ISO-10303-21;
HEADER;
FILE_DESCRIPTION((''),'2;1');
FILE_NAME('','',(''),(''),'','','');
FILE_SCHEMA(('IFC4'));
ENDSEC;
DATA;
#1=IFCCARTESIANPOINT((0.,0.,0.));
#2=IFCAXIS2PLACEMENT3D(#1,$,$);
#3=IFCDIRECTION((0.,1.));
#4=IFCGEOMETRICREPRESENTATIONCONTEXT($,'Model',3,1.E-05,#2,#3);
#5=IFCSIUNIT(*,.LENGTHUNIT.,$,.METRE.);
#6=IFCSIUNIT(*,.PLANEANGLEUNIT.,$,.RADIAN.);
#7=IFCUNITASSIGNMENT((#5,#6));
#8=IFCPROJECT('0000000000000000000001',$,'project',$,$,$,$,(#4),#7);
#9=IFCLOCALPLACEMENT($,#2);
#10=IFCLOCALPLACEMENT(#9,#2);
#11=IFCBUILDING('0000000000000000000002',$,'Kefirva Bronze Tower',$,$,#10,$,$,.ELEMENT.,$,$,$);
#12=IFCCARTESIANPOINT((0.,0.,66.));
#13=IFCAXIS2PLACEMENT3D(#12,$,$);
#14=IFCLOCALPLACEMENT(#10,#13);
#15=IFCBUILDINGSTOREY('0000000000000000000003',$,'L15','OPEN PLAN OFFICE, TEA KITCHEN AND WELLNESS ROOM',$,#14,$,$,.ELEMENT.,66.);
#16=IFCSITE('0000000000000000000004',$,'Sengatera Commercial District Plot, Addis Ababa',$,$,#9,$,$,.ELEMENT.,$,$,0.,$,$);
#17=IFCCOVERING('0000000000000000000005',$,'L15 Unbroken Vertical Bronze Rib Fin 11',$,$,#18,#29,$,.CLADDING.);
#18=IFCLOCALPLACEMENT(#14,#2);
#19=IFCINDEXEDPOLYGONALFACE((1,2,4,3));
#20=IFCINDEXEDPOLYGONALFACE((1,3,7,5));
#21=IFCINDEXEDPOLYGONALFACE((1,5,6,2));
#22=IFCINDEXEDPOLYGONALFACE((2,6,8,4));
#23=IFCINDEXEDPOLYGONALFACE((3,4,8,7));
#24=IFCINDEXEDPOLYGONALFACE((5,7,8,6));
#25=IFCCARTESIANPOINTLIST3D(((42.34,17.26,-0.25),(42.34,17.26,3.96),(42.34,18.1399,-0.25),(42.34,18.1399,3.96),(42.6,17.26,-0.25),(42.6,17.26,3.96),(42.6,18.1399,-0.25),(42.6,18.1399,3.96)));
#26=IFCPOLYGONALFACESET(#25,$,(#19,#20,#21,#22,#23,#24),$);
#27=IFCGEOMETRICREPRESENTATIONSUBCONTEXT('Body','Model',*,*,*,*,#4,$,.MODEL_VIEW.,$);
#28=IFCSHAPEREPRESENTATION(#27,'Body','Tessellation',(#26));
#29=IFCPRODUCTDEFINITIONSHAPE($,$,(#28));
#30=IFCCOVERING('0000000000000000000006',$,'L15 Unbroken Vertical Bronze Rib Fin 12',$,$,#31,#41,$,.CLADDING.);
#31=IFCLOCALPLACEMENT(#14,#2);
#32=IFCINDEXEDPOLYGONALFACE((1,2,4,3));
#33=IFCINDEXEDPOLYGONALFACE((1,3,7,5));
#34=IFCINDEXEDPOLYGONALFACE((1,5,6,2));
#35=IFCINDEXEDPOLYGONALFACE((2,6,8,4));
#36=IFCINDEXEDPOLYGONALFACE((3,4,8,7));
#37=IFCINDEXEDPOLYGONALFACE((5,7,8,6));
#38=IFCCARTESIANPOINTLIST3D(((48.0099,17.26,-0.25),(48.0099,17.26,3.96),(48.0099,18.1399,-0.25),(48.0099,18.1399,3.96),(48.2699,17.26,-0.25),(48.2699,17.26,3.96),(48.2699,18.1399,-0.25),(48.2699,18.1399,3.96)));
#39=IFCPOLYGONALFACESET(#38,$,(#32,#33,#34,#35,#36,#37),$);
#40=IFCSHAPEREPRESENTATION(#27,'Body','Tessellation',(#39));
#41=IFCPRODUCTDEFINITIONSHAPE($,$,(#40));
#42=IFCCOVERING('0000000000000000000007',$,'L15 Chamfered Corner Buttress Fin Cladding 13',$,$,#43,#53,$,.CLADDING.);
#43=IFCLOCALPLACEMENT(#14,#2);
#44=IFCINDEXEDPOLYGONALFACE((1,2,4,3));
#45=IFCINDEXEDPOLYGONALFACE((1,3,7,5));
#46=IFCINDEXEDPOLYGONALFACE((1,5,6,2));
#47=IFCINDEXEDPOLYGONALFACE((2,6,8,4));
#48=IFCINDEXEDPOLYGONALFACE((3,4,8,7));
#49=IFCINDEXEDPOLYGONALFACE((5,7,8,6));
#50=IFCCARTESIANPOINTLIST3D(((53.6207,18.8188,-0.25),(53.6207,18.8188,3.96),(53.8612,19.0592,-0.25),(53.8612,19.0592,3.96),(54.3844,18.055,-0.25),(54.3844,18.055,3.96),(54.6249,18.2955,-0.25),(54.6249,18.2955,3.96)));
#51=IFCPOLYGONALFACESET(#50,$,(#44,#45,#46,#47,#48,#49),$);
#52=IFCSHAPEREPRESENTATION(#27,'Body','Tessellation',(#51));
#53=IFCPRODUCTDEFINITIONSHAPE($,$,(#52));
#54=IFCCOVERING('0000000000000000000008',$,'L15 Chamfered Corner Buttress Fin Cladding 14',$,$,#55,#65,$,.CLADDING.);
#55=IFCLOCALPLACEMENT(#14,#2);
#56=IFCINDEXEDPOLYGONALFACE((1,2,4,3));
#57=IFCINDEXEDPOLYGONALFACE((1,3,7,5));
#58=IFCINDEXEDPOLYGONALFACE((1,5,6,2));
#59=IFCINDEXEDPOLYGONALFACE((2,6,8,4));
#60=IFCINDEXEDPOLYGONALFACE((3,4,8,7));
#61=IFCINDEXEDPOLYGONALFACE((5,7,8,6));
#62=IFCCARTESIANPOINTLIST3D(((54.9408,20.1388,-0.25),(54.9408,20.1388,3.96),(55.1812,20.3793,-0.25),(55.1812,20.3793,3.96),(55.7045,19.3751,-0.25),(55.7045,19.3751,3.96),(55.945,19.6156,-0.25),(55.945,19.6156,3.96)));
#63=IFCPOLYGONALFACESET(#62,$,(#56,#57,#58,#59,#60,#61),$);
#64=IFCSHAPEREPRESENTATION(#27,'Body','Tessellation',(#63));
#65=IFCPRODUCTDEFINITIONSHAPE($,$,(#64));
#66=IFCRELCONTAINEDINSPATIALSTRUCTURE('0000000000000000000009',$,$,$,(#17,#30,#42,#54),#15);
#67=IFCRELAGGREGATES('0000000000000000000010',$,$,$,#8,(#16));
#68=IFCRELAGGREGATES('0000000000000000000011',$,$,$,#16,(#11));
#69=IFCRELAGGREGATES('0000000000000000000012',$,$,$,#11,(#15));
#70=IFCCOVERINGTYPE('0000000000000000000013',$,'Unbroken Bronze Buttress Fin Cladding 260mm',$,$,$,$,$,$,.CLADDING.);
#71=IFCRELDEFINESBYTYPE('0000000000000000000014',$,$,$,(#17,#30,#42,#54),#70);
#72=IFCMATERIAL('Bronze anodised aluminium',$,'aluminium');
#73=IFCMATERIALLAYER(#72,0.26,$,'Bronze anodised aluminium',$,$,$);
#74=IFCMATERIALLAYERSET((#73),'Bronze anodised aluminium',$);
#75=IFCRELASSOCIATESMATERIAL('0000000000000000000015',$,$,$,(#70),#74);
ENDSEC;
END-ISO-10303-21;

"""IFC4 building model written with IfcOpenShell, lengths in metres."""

from ifc_helpers import new_model, si_unit, direction, frame, origin, origin_2d, place, context, subcontext, project, spatial, rectangle, extrude, material, layer, layer_set, type_object, element, save


model = new_model("IFC4")

# Units and contexts
model_context = context("Model", 3, precision=1e-05, world=origin(), true_north=direction((0.0, 1.0)))
body_context = subcontext(model_context, "Body", "Model", "MODEL_VIEW")
ifc_project = project(units=[si_unit("LENGTHUNIT", "METRE"), si_unit("PLANEANGLEUNIT", "RADIAN")], contexts=[model_context])

# Site, building, storey
site_placement = place(None, origin())
site = spatial("IfcSite", under=ifc_project, at=site_placement, Name="Sengatera Commercial District Plot, Addis Ababa", CompositionType="ELEMENT", RefElevation=0.0)
building_placement = place(site_placement, origin())
building = spatial("IfcBuilding", under=site, at=building_placement, Name="Kefirva Bronze Tower", CompositionType="ELEMENT")
storey_placement = place(building_placement, frame((0.0, 0.0, 66.0)))
storey = spatial("IfcBuildingStorey", under=building, at=storey_placement, Name="L15", Description="OPEN PLAN OFFICE, TEA KITCHEN AND WELLNESS ROOM", CompositionType="ELEMENT", Elevation=66.0)

# Shared definitions
ifc_material_1 = material(Name="Bronze anodised aluminium", Category="aluminium")

# Coverings
ifc_layer_1 = layer(ifc_material_1, 0.26, Name="Bronze anodised aluminium")
ifc_layer_set_1 = layer_set([ifc_layer_1], Name="Bronze anodised aluminium")
covering_type_1 = type_object("IfcCoveringType", Name="Unbroken Bronze Buttress Fin Cladding 260mm", PredefinedType="CLADDING", material=ifc_layer_set_1)
for number, where, z_axis, x_axis, name in (
    (1, (42.47, 17.7, -0.25), (0.0, 0.0, 1.0), (1.0, 0.0, 0.0), "L15 Unbroken Vertical Bronze Rib Fin 11"),
    (2, (48.1399, 17.7, -0.25), (0.0, 0.0, 1.0), (1.0, 0.0, 0.0), "L15 Unbroken Vertical Bronze Rib Fin 12"),
):
    element("IfcCovering", number, at=place(storey_placement, frame(where, z_axis=z_axis, x_axis=x_axis)), inside=storey, type_object=covering_type_1, Name=name, PredefinedType="CLADDING", context=body_context, shape_type="SweptSolid", body=[
        extrude(rectangle(XDim=0.26, YDim=0.8799, at=origin_2d()), origin(), (0.0, 0.0, 1.0), 4.21),
    ])
for number, where, z_axis, x_axis, name in (
    (3, (54.1228, 18.5571, -0.25), (0.0, 0.0, 1.0), (0.707107, 0.707107, 0.0), "L15 Chamfered Corner Buttress Fin Cladding 13"),
    (4, (55.4429, 19.8772, -0.25), (0.0, 0.0, 1.0), (0.707107, 0.707107, 0.0), "L15 Chamfered Corner Buttress Fin Cladding 14"),
):
    element("IfcCovering", number, at=place(storey_placement, frame(where, z_axis=z_axis, x_axis=x_axis)), inside=storey, type_object=covering_type_1, Name=name, PredefinedType="CLADDING", context=body_context, shape_type="SweptSolid", body=[
        extrude(rectangle(XDim=0.3401, YDim=1.0801, at=origin_2d()), origin(), (0.0, 0.0, 1.0), 4.21),
    ])

save(model, "model.ifc")
